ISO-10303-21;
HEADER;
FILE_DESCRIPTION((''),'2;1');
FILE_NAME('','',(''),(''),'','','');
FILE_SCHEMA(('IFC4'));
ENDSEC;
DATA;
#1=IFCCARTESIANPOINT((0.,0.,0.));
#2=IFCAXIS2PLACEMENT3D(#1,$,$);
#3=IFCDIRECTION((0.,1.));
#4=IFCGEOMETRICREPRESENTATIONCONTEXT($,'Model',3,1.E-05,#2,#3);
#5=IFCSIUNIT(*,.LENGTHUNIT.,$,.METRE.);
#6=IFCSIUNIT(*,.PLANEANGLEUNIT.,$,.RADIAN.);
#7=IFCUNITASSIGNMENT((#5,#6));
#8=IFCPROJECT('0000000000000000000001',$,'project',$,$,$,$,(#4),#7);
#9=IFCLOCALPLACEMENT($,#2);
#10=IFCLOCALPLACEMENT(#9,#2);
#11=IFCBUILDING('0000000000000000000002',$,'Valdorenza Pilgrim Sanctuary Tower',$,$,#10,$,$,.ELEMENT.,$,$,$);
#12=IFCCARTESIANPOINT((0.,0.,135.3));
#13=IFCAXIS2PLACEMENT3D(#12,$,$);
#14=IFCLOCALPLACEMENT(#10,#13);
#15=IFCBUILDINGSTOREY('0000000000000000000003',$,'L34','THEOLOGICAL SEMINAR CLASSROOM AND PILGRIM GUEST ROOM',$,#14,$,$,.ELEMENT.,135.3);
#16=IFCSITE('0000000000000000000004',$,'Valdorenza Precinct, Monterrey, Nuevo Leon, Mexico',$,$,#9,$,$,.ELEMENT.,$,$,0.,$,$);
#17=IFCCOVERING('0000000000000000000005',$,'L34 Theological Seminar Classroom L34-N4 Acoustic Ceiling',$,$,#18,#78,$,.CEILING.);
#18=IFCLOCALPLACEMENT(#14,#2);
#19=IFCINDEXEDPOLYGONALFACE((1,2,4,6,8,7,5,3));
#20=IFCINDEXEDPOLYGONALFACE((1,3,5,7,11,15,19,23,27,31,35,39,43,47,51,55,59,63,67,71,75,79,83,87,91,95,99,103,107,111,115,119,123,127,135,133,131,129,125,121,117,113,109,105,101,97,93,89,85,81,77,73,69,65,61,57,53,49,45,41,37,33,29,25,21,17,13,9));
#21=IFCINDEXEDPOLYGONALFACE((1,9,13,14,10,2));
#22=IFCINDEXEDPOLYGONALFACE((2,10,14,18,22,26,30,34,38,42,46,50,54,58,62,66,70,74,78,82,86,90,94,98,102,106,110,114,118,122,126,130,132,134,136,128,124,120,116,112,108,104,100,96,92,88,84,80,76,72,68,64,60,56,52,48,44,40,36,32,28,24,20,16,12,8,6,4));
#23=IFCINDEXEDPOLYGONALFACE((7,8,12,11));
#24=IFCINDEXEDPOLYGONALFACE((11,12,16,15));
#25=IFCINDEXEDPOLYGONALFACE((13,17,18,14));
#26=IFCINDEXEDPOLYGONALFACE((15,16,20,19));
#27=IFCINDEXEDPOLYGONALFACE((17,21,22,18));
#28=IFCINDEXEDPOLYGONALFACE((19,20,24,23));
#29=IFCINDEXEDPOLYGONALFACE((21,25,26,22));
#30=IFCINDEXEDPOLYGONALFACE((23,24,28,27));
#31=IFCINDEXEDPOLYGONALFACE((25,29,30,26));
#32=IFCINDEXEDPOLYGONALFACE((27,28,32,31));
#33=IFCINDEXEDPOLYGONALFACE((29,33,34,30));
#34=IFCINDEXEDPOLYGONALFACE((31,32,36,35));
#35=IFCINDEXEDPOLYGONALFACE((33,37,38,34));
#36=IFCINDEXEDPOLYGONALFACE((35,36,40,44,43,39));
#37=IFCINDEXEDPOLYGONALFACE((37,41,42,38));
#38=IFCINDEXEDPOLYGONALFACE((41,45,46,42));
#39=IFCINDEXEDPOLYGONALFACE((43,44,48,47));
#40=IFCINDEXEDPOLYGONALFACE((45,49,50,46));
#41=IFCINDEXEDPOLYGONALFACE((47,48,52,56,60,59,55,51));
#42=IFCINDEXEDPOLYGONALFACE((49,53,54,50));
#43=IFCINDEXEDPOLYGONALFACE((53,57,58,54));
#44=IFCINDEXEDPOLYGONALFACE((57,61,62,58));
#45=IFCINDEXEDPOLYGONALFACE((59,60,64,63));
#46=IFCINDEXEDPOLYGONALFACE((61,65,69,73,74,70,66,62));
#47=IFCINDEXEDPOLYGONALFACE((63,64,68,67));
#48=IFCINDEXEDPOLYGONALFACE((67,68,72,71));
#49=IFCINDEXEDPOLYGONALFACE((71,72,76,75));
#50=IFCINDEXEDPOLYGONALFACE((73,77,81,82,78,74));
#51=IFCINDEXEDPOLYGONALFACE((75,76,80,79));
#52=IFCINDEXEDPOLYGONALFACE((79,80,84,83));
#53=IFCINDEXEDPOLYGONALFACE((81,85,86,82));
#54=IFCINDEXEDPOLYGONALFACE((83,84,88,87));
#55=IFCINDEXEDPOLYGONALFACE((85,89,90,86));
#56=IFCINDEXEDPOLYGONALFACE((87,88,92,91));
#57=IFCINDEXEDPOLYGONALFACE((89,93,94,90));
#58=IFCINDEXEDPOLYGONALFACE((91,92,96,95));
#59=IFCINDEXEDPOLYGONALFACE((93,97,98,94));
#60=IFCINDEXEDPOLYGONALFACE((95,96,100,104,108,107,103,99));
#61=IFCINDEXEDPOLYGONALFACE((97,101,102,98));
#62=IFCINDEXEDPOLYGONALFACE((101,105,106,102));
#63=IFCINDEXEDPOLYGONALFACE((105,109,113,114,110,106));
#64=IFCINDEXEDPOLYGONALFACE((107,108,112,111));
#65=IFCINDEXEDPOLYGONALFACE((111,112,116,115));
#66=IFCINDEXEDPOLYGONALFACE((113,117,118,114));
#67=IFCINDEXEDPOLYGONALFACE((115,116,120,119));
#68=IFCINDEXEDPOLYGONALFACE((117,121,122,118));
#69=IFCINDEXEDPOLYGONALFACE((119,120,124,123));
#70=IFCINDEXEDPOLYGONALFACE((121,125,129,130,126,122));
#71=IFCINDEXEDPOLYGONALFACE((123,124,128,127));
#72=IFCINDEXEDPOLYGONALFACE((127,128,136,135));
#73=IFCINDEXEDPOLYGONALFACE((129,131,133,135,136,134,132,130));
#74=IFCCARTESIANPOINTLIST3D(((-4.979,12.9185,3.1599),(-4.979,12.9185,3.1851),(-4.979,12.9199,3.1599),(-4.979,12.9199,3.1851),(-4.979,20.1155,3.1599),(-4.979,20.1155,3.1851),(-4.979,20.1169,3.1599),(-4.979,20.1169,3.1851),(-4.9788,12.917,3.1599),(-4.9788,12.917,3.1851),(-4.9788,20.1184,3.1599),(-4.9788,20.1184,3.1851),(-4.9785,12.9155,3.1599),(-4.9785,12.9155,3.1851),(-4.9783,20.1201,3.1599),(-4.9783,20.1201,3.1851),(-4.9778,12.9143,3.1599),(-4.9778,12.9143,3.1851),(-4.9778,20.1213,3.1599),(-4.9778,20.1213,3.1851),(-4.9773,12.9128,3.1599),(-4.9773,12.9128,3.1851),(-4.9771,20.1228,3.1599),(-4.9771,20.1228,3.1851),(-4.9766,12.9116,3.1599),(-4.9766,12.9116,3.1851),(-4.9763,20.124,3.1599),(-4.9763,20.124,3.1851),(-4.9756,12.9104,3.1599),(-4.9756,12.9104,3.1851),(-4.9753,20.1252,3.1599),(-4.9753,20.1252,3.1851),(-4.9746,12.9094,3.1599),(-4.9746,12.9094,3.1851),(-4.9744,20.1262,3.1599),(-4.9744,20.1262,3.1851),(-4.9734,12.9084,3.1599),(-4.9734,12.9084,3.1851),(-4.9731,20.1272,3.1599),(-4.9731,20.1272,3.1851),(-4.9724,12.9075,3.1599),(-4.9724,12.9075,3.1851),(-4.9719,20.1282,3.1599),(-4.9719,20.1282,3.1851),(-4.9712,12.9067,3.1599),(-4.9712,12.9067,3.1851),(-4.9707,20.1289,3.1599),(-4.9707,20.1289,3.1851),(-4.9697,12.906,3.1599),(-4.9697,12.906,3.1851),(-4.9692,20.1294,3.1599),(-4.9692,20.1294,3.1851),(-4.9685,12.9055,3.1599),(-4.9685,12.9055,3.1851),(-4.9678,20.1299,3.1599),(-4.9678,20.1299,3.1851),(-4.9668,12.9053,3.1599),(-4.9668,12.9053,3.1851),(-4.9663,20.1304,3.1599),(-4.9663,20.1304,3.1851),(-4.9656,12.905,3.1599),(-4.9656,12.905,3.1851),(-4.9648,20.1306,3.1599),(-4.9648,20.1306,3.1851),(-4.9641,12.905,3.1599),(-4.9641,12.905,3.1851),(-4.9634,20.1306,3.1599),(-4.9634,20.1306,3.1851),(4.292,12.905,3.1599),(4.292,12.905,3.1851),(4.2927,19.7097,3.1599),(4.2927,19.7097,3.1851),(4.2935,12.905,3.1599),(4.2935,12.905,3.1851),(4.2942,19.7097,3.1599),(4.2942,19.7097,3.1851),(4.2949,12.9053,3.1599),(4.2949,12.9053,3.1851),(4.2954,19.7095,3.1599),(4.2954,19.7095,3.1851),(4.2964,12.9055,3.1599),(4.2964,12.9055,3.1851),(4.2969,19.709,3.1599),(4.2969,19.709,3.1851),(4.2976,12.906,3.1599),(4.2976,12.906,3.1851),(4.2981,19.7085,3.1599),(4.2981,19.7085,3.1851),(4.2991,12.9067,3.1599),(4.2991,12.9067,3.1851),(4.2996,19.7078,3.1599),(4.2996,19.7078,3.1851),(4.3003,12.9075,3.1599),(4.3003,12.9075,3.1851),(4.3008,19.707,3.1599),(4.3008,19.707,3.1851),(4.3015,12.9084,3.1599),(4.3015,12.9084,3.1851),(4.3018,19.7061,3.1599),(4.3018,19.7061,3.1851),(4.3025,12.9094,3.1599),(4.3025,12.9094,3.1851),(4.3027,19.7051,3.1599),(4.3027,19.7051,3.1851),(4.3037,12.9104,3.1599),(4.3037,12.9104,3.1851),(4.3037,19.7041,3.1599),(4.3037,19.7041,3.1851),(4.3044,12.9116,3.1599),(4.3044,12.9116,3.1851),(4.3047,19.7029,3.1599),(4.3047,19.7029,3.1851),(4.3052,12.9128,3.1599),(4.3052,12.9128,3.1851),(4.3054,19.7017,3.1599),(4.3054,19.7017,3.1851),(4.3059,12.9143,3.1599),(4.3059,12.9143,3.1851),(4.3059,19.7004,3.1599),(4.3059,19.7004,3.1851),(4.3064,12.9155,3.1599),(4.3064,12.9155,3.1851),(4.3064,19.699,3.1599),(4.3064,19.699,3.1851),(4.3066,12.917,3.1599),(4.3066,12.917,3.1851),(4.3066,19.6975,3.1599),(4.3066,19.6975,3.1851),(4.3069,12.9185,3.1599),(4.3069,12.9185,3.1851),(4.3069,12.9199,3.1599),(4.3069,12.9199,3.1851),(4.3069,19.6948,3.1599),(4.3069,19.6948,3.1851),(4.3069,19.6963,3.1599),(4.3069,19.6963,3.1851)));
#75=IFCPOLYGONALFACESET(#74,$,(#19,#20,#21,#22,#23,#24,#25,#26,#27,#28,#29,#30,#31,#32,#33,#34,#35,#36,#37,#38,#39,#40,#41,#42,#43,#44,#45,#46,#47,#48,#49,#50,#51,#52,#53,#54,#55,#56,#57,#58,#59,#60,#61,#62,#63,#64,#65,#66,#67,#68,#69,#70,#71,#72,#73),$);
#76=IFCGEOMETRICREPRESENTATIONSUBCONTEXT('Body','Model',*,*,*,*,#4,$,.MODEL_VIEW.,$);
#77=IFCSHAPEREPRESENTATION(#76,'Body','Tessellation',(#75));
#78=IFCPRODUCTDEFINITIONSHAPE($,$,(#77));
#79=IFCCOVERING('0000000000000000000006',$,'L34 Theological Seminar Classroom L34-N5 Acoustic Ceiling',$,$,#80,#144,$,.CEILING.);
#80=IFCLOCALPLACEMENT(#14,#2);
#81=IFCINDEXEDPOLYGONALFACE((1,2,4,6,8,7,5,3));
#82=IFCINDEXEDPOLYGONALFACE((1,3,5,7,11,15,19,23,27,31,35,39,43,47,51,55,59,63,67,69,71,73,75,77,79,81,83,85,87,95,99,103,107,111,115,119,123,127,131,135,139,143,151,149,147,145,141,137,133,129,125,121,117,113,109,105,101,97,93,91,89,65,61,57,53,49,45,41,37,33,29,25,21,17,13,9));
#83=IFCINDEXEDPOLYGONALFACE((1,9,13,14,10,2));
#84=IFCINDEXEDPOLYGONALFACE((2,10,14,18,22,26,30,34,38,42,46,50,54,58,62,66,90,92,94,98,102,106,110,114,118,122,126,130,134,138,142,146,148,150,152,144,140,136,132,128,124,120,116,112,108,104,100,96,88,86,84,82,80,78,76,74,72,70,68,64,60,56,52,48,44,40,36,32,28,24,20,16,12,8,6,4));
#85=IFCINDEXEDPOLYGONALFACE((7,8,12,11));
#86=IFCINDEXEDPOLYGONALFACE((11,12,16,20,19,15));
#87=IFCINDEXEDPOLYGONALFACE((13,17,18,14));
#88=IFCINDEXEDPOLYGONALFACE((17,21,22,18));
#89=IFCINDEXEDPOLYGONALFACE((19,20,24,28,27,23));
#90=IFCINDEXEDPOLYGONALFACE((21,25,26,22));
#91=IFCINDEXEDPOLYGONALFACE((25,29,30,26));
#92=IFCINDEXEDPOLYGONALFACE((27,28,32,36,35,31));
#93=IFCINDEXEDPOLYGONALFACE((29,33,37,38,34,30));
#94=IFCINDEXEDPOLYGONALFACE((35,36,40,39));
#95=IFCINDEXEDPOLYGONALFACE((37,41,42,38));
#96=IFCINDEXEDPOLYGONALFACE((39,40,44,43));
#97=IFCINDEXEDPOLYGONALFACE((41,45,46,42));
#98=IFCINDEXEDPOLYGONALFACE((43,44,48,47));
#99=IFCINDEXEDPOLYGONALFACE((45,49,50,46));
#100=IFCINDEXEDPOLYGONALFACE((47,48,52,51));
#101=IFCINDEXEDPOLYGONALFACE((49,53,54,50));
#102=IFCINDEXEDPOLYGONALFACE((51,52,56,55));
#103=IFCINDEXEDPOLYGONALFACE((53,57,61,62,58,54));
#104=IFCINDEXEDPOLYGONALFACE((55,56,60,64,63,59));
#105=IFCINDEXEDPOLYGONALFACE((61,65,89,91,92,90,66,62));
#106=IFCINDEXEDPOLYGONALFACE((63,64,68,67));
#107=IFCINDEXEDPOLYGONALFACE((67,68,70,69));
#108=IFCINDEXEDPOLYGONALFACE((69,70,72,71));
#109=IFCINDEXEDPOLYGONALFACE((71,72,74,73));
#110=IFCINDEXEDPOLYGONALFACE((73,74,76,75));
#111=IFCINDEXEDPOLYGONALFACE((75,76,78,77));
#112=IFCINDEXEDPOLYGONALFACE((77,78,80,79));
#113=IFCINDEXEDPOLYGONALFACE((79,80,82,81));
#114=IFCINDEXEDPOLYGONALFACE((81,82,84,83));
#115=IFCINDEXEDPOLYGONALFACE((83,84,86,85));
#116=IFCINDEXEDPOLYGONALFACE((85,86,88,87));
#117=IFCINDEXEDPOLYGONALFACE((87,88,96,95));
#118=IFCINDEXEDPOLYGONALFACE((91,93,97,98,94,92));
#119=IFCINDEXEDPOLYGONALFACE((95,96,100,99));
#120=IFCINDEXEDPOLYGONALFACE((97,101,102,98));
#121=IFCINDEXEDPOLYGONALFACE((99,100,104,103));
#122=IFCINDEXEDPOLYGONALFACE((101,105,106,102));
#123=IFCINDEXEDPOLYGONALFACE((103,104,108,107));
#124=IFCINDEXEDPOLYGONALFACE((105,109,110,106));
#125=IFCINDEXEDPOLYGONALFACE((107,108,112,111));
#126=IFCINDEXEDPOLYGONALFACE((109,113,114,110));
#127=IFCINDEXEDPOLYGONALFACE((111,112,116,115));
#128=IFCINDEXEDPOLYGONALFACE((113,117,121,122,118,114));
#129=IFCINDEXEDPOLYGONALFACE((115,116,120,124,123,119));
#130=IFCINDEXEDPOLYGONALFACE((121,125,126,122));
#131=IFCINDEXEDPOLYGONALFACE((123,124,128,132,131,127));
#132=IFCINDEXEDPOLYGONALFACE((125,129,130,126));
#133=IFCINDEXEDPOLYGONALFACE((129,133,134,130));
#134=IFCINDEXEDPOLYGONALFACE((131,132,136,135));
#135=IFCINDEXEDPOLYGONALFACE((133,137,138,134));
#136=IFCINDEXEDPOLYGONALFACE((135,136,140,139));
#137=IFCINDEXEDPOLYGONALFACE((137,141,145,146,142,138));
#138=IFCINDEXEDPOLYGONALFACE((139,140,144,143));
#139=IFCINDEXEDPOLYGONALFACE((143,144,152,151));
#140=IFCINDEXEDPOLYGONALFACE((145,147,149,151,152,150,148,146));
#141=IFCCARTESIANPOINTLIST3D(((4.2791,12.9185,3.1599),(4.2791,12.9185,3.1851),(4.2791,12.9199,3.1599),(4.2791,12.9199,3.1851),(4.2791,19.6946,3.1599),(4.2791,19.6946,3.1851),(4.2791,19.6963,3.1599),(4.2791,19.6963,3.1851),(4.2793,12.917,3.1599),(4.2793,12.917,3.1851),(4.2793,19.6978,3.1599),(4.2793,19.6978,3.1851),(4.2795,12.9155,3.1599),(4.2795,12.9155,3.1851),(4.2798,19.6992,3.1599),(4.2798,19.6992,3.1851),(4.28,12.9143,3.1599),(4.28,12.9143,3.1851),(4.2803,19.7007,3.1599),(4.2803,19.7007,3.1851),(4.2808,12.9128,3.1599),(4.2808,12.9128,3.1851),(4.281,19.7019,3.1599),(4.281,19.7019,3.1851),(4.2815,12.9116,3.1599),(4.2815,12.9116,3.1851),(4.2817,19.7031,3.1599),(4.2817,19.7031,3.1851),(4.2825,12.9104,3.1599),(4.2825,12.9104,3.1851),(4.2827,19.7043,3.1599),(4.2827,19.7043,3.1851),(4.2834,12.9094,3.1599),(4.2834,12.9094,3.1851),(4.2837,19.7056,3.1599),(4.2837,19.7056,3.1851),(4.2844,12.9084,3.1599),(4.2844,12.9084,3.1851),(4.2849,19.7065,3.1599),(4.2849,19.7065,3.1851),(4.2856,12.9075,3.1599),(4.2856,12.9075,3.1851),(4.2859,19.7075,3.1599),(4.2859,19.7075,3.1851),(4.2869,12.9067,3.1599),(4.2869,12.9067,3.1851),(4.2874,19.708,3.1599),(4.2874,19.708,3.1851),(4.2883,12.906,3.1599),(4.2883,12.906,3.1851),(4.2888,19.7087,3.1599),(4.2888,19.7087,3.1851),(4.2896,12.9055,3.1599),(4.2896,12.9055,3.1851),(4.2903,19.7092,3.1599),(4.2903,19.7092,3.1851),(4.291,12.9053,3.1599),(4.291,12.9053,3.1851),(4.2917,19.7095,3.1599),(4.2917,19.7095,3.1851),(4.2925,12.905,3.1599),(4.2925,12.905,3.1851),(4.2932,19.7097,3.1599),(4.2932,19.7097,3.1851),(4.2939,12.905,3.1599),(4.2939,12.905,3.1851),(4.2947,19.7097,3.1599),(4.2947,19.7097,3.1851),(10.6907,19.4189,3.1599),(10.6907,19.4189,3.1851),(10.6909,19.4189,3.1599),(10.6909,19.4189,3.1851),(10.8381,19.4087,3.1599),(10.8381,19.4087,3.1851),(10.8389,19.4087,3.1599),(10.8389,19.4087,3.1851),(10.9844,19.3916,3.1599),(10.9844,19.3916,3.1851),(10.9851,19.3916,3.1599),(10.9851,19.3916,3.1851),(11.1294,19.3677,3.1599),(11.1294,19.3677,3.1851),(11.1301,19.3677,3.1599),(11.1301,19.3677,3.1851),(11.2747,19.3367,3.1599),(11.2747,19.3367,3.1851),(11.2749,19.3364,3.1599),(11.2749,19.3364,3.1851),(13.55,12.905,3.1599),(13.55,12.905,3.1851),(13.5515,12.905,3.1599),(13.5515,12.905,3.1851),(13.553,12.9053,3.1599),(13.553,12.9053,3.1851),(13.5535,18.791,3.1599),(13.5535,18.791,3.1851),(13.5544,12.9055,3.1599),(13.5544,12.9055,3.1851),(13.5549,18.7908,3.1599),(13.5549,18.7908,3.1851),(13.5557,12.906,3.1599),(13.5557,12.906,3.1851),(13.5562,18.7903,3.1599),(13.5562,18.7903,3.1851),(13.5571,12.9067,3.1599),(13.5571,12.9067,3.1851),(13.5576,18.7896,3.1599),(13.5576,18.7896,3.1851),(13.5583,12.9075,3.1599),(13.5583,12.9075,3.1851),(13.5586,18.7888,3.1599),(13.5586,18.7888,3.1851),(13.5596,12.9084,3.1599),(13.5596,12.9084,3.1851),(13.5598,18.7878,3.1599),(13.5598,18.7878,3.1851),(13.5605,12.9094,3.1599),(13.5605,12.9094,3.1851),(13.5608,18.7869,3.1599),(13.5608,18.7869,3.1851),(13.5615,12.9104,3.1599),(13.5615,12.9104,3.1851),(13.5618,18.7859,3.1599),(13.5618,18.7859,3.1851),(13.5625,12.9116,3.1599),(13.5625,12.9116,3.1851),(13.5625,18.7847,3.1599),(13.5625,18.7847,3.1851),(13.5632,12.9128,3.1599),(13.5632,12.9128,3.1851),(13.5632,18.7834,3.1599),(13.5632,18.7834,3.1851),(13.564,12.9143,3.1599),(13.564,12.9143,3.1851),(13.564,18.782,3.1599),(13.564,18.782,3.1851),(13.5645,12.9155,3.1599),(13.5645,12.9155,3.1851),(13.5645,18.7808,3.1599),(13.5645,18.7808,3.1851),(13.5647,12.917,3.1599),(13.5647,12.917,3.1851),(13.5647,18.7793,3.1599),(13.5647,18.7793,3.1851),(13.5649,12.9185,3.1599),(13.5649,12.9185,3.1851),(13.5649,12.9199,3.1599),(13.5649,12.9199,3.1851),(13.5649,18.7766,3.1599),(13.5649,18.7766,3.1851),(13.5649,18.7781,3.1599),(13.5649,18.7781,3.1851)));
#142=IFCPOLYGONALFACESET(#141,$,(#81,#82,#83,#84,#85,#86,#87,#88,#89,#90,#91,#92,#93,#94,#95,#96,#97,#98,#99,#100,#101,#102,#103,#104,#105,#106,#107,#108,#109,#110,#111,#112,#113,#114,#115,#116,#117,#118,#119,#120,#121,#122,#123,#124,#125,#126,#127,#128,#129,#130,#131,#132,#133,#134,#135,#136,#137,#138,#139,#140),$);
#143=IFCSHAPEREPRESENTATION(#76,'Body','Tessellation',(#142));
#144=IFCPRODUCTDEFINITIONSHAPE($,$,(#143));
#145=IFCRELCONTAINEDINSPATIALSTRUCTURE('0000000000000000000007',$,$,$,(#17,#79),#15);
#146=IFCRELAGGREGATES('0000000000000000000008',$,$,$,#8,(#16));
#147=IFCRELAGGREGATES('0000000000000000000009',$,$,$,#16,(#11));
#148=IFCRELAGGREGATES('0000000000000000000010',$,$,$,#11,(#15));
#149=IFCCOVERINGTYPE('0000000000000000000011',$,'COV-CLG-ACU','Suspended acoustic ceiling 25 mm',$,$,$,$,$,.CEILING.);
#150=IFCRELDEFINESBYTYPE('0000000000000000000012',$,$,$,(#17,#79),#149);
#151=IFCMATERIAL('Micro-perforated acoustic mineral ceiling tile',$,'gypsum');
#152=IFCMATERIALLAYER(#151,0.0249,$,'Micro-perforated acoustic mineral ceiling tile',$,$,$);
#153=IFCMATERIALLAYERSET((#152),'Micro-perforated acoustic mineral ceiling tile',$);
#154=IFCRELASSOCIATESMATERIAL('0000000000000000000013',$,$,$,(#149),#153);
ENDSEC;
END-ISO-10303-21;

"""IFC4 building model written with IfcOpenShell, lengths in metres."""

from ifc_helpers import new_model, si_unit, direction, frame, origin, place, context, subcontext, project, spatial, polyline, outline, extrude, material, layer, layer_set, type_object, element, save


model = new_model("IFC4")

# Units and contexts
model_context = context("Model", 3, precision=1e-05, world=origin(), true_north=direction((0.0, 1.0)))
body_context = subcontext(model_context, "Body", "Model", "MODEL_VIEW")
ifc_project = project(units=[si_unit("LENGTHUNIT", "METRE"), si_unit("PLANEANGLEUNIT", "RADIAN")], contexts=[model_context])

# Site, building, storey
site_placement = place(None, origin())
site = spatial("IfcSite", under=ifc_project, at=site_placement, Name="Valdorenza Precinct, Monterrey, Nuevo Leon, Mexico", CompositionType="ELEMENT", RefElevation=0.0)
building_placement = place(site_placement, origin())
building = spatial("IfcBuilding", under=site, at=building_placement, Name="Valdorenza Pilgrim Sanctuary Tower", CompositionType="ELEMENT")
storey_placement = place(building_placement, frame((0.0, 0.0, 135.3)))
storey = spatial("IfcBuildingStorey", under=building, at=storey_placement, Name="L34", Description="THEOLOGICAL SEMINAR CLASSROOM AND PILGRIM GUEST ROOM", CompositionType="ELEMENT", Elevation=135.3)

# Coverings
ifc_material_1 = material(Name="Micro-perforated acoustic mineral ceiling tile", Category="gypsum")
ifc_layer_1 = layer(ifc_material_1, 0.0249, Name="Micro-perforated acoustic mineral ceiling tile")
ifc_layer_set_1 = layer_set([ifc_layer_1], Name="Micro-perforated acoustic mineral ceiling tile")
covering_type_1 = type_object("IfcCoveringType", Name="COV-CLG-ACU", Description="Suspended acoustic ceiling 25 mm", PredefinedType="CEILING", material=ifc_layer_set_1)
covering_1_placement = place(storey_placement, frame((0.0, 0.0, 3.1599)))
element("IfcCovering", 1, at=covering_1_placement, inside=storey, type_object=covering_type_1, Name="L34 Theological Seminar Classroom L34-N4 Acoustic Ceiling", PredefinedType="CEILING", context=body_context, shape_type="SweptSolid", body=[
    extrude(outline(polyline([(-4.9641, 12.905), (-4.9656, 12.905), (-4.9668, 12.9053), (-4.9685, 12.9055), (-4.9697, 12.906), (-4.9712, 12.9067), (-4.9724, 12.9075), (-4.9734, 12.9084), (-4.9746, 12.9094), (-4.9756, 12.9104), (-4.9766, 12.9116), (-4.9773, 12.9128), (-4.9778, 12.9143), (-4.9785, 12.9155), (-4.9788, 12.917), (-4.979, 12.9185), (-4.979, 12.9199), (-4.979, 20.1155), (-4.979, 20.1169), (-4.9788, 20.1184), (-4.9783, 20.1201), (-4.9778, 20.1213), (-4.9771, 20.1228), (-4.9763, 20.124), (-4.9753, 20.1252), (-4.9744, 20.1262), (-4.9731, 20.1272), (-4.9719, 20.1282), (-4.9707, 20.1289), (-4.9692, 20.1294), (-4.9678, 20.1299), (-4.9663, 20.1304), (-4.9648, 20.1306), (-4.9634, 20.1306), (4.2927, 19.7097), (4.2942, 19.7097), (4.2954, 19.7095), (4.2969, 19.709), (4.2981, 19.7085), (4.2996, 19.7078), (4.3008, 19.707), (4.3018, 19.7061), (4.3027, 19.7051), (4.3037, 19.7041), (4.3047, 19.7029), (4.3054, 19.7017), (4.3059, 19.7004), (4.3064, 19.699), (4.3066, 19.6975), (4.3069, 19.6963), (4.3069, 19.6948), (4.3069, 12.9199), (4.3069, 12.9185), (4.3066, 12.917), (4.3064, 12.9155), (4.3059, 12.9143), (4.3052, 12.9128), (4.3044, 12.9116), (4.3037, 12.9104), (4.3025, 12.9094), (4.3015, 12.9084), (4.3003, 12.9075), (4.2991, 12.9067), (4.2976, 12.906), (4.2964, 12.9055), (4.2949, 12.9053), (4.2935, 12.905), (4.292, 12.905), (-4.9641, 12.905)])), origin(), (0.0, 0.0, 1.0), 0.0251),
])
covering_2_placement = place(storey_placement, frame((0.0, 0.0, 3.1599)))
element("IfcCovering", 2, at=covering_2_placement, inside=storey, type_object=covering_type_1, Name="L34 Theological Seminar Classroom L34-N5 Acoustic Ceiling", PredefinedType="CEILING", context=body_context, shape_type="SweptSolid", body=[
    extrude(outline(polyline([(4.2939, 12.905), (4.2925, 12.905), (4.291, 12.9053), (4.2896, 12.9055), (4.2883, 12.906), (4.2869, 12.9067), (4.2856, 12.9075), (4.2844, 12.9084), (4.2834, 12.9094), (4.2825, 12.9104), (4.2815, 12.9116), (4.2808, 12.9128), (4.28, 12.9143), (4.2795, 12.9155), (4.2793, 12.917), (4.2791, 12.9185), (4.2791, 12.9199), (4.2791, 19.6946), (4.2791, 19.6963), (4.2793, 19.6978), (4.2798, 19.6992), (4.2803, 19.7007), (4.281, 19.7019), (4.2817, 19.7031), (4.2827, 19.7043), (4.2837, 19.7056), (4.2849, 19.7065), (4.2859, 19.7075), (4.2874, 19.708), (4.2888, 19.7087), (4.2903, 19.7092), (4.2917, 19.7095), (4.2932, 19.7097), (4.2947, 19.7097), (10.6907, 19.4189), (10.6909, 19.4189), (10.8381, 19.4087), (10.8389, 19.4087), (10.9844, 19.3916), (10.9851, 19.3916), (11.1294, 19.3677), (11.1301, 19.3677), (11.2747, 19.3367), (11.2749, 19.3364), (13.5535, 18.791), (13.5549, 18.7908), (13.5562, 18.7903), (13.5576, 18.7896), (13.5586, 18.7888), (13.5598, 18.7878), (13.5608, 18.7869), (13.5618, 18.7859), (13.5625, 18.7847), (13.5632, 18.7834), (13.564, 18.782), (13.5645, 18.7808), (13.5647, 18.7793), (13.5649, 18.7781), (13.5649, 18.7766), (13.5649, 12.9199), (13.5649, 12.9185), (13.5647, 12.917), (13.5645, 12.9155), (13.564, 12.9143), (13.5632, 12.9128), (13.5625, 12.9116), (13.5615, 12.9104), (13.5605, 12.9094), (13.5596, 12.9084), (13.5583, 12.9075), (13.5571, 12.9067), (13.5557, 12.906), (13.5544, 12.9055), (13.553, 12.9053), (13.5515, 12.905), (13.55, 12.905), (4.2939, 12.905)])), origin(), (0.0, 0.0, 1.0), 0.0251),
])

save(model, "model.ifc")
